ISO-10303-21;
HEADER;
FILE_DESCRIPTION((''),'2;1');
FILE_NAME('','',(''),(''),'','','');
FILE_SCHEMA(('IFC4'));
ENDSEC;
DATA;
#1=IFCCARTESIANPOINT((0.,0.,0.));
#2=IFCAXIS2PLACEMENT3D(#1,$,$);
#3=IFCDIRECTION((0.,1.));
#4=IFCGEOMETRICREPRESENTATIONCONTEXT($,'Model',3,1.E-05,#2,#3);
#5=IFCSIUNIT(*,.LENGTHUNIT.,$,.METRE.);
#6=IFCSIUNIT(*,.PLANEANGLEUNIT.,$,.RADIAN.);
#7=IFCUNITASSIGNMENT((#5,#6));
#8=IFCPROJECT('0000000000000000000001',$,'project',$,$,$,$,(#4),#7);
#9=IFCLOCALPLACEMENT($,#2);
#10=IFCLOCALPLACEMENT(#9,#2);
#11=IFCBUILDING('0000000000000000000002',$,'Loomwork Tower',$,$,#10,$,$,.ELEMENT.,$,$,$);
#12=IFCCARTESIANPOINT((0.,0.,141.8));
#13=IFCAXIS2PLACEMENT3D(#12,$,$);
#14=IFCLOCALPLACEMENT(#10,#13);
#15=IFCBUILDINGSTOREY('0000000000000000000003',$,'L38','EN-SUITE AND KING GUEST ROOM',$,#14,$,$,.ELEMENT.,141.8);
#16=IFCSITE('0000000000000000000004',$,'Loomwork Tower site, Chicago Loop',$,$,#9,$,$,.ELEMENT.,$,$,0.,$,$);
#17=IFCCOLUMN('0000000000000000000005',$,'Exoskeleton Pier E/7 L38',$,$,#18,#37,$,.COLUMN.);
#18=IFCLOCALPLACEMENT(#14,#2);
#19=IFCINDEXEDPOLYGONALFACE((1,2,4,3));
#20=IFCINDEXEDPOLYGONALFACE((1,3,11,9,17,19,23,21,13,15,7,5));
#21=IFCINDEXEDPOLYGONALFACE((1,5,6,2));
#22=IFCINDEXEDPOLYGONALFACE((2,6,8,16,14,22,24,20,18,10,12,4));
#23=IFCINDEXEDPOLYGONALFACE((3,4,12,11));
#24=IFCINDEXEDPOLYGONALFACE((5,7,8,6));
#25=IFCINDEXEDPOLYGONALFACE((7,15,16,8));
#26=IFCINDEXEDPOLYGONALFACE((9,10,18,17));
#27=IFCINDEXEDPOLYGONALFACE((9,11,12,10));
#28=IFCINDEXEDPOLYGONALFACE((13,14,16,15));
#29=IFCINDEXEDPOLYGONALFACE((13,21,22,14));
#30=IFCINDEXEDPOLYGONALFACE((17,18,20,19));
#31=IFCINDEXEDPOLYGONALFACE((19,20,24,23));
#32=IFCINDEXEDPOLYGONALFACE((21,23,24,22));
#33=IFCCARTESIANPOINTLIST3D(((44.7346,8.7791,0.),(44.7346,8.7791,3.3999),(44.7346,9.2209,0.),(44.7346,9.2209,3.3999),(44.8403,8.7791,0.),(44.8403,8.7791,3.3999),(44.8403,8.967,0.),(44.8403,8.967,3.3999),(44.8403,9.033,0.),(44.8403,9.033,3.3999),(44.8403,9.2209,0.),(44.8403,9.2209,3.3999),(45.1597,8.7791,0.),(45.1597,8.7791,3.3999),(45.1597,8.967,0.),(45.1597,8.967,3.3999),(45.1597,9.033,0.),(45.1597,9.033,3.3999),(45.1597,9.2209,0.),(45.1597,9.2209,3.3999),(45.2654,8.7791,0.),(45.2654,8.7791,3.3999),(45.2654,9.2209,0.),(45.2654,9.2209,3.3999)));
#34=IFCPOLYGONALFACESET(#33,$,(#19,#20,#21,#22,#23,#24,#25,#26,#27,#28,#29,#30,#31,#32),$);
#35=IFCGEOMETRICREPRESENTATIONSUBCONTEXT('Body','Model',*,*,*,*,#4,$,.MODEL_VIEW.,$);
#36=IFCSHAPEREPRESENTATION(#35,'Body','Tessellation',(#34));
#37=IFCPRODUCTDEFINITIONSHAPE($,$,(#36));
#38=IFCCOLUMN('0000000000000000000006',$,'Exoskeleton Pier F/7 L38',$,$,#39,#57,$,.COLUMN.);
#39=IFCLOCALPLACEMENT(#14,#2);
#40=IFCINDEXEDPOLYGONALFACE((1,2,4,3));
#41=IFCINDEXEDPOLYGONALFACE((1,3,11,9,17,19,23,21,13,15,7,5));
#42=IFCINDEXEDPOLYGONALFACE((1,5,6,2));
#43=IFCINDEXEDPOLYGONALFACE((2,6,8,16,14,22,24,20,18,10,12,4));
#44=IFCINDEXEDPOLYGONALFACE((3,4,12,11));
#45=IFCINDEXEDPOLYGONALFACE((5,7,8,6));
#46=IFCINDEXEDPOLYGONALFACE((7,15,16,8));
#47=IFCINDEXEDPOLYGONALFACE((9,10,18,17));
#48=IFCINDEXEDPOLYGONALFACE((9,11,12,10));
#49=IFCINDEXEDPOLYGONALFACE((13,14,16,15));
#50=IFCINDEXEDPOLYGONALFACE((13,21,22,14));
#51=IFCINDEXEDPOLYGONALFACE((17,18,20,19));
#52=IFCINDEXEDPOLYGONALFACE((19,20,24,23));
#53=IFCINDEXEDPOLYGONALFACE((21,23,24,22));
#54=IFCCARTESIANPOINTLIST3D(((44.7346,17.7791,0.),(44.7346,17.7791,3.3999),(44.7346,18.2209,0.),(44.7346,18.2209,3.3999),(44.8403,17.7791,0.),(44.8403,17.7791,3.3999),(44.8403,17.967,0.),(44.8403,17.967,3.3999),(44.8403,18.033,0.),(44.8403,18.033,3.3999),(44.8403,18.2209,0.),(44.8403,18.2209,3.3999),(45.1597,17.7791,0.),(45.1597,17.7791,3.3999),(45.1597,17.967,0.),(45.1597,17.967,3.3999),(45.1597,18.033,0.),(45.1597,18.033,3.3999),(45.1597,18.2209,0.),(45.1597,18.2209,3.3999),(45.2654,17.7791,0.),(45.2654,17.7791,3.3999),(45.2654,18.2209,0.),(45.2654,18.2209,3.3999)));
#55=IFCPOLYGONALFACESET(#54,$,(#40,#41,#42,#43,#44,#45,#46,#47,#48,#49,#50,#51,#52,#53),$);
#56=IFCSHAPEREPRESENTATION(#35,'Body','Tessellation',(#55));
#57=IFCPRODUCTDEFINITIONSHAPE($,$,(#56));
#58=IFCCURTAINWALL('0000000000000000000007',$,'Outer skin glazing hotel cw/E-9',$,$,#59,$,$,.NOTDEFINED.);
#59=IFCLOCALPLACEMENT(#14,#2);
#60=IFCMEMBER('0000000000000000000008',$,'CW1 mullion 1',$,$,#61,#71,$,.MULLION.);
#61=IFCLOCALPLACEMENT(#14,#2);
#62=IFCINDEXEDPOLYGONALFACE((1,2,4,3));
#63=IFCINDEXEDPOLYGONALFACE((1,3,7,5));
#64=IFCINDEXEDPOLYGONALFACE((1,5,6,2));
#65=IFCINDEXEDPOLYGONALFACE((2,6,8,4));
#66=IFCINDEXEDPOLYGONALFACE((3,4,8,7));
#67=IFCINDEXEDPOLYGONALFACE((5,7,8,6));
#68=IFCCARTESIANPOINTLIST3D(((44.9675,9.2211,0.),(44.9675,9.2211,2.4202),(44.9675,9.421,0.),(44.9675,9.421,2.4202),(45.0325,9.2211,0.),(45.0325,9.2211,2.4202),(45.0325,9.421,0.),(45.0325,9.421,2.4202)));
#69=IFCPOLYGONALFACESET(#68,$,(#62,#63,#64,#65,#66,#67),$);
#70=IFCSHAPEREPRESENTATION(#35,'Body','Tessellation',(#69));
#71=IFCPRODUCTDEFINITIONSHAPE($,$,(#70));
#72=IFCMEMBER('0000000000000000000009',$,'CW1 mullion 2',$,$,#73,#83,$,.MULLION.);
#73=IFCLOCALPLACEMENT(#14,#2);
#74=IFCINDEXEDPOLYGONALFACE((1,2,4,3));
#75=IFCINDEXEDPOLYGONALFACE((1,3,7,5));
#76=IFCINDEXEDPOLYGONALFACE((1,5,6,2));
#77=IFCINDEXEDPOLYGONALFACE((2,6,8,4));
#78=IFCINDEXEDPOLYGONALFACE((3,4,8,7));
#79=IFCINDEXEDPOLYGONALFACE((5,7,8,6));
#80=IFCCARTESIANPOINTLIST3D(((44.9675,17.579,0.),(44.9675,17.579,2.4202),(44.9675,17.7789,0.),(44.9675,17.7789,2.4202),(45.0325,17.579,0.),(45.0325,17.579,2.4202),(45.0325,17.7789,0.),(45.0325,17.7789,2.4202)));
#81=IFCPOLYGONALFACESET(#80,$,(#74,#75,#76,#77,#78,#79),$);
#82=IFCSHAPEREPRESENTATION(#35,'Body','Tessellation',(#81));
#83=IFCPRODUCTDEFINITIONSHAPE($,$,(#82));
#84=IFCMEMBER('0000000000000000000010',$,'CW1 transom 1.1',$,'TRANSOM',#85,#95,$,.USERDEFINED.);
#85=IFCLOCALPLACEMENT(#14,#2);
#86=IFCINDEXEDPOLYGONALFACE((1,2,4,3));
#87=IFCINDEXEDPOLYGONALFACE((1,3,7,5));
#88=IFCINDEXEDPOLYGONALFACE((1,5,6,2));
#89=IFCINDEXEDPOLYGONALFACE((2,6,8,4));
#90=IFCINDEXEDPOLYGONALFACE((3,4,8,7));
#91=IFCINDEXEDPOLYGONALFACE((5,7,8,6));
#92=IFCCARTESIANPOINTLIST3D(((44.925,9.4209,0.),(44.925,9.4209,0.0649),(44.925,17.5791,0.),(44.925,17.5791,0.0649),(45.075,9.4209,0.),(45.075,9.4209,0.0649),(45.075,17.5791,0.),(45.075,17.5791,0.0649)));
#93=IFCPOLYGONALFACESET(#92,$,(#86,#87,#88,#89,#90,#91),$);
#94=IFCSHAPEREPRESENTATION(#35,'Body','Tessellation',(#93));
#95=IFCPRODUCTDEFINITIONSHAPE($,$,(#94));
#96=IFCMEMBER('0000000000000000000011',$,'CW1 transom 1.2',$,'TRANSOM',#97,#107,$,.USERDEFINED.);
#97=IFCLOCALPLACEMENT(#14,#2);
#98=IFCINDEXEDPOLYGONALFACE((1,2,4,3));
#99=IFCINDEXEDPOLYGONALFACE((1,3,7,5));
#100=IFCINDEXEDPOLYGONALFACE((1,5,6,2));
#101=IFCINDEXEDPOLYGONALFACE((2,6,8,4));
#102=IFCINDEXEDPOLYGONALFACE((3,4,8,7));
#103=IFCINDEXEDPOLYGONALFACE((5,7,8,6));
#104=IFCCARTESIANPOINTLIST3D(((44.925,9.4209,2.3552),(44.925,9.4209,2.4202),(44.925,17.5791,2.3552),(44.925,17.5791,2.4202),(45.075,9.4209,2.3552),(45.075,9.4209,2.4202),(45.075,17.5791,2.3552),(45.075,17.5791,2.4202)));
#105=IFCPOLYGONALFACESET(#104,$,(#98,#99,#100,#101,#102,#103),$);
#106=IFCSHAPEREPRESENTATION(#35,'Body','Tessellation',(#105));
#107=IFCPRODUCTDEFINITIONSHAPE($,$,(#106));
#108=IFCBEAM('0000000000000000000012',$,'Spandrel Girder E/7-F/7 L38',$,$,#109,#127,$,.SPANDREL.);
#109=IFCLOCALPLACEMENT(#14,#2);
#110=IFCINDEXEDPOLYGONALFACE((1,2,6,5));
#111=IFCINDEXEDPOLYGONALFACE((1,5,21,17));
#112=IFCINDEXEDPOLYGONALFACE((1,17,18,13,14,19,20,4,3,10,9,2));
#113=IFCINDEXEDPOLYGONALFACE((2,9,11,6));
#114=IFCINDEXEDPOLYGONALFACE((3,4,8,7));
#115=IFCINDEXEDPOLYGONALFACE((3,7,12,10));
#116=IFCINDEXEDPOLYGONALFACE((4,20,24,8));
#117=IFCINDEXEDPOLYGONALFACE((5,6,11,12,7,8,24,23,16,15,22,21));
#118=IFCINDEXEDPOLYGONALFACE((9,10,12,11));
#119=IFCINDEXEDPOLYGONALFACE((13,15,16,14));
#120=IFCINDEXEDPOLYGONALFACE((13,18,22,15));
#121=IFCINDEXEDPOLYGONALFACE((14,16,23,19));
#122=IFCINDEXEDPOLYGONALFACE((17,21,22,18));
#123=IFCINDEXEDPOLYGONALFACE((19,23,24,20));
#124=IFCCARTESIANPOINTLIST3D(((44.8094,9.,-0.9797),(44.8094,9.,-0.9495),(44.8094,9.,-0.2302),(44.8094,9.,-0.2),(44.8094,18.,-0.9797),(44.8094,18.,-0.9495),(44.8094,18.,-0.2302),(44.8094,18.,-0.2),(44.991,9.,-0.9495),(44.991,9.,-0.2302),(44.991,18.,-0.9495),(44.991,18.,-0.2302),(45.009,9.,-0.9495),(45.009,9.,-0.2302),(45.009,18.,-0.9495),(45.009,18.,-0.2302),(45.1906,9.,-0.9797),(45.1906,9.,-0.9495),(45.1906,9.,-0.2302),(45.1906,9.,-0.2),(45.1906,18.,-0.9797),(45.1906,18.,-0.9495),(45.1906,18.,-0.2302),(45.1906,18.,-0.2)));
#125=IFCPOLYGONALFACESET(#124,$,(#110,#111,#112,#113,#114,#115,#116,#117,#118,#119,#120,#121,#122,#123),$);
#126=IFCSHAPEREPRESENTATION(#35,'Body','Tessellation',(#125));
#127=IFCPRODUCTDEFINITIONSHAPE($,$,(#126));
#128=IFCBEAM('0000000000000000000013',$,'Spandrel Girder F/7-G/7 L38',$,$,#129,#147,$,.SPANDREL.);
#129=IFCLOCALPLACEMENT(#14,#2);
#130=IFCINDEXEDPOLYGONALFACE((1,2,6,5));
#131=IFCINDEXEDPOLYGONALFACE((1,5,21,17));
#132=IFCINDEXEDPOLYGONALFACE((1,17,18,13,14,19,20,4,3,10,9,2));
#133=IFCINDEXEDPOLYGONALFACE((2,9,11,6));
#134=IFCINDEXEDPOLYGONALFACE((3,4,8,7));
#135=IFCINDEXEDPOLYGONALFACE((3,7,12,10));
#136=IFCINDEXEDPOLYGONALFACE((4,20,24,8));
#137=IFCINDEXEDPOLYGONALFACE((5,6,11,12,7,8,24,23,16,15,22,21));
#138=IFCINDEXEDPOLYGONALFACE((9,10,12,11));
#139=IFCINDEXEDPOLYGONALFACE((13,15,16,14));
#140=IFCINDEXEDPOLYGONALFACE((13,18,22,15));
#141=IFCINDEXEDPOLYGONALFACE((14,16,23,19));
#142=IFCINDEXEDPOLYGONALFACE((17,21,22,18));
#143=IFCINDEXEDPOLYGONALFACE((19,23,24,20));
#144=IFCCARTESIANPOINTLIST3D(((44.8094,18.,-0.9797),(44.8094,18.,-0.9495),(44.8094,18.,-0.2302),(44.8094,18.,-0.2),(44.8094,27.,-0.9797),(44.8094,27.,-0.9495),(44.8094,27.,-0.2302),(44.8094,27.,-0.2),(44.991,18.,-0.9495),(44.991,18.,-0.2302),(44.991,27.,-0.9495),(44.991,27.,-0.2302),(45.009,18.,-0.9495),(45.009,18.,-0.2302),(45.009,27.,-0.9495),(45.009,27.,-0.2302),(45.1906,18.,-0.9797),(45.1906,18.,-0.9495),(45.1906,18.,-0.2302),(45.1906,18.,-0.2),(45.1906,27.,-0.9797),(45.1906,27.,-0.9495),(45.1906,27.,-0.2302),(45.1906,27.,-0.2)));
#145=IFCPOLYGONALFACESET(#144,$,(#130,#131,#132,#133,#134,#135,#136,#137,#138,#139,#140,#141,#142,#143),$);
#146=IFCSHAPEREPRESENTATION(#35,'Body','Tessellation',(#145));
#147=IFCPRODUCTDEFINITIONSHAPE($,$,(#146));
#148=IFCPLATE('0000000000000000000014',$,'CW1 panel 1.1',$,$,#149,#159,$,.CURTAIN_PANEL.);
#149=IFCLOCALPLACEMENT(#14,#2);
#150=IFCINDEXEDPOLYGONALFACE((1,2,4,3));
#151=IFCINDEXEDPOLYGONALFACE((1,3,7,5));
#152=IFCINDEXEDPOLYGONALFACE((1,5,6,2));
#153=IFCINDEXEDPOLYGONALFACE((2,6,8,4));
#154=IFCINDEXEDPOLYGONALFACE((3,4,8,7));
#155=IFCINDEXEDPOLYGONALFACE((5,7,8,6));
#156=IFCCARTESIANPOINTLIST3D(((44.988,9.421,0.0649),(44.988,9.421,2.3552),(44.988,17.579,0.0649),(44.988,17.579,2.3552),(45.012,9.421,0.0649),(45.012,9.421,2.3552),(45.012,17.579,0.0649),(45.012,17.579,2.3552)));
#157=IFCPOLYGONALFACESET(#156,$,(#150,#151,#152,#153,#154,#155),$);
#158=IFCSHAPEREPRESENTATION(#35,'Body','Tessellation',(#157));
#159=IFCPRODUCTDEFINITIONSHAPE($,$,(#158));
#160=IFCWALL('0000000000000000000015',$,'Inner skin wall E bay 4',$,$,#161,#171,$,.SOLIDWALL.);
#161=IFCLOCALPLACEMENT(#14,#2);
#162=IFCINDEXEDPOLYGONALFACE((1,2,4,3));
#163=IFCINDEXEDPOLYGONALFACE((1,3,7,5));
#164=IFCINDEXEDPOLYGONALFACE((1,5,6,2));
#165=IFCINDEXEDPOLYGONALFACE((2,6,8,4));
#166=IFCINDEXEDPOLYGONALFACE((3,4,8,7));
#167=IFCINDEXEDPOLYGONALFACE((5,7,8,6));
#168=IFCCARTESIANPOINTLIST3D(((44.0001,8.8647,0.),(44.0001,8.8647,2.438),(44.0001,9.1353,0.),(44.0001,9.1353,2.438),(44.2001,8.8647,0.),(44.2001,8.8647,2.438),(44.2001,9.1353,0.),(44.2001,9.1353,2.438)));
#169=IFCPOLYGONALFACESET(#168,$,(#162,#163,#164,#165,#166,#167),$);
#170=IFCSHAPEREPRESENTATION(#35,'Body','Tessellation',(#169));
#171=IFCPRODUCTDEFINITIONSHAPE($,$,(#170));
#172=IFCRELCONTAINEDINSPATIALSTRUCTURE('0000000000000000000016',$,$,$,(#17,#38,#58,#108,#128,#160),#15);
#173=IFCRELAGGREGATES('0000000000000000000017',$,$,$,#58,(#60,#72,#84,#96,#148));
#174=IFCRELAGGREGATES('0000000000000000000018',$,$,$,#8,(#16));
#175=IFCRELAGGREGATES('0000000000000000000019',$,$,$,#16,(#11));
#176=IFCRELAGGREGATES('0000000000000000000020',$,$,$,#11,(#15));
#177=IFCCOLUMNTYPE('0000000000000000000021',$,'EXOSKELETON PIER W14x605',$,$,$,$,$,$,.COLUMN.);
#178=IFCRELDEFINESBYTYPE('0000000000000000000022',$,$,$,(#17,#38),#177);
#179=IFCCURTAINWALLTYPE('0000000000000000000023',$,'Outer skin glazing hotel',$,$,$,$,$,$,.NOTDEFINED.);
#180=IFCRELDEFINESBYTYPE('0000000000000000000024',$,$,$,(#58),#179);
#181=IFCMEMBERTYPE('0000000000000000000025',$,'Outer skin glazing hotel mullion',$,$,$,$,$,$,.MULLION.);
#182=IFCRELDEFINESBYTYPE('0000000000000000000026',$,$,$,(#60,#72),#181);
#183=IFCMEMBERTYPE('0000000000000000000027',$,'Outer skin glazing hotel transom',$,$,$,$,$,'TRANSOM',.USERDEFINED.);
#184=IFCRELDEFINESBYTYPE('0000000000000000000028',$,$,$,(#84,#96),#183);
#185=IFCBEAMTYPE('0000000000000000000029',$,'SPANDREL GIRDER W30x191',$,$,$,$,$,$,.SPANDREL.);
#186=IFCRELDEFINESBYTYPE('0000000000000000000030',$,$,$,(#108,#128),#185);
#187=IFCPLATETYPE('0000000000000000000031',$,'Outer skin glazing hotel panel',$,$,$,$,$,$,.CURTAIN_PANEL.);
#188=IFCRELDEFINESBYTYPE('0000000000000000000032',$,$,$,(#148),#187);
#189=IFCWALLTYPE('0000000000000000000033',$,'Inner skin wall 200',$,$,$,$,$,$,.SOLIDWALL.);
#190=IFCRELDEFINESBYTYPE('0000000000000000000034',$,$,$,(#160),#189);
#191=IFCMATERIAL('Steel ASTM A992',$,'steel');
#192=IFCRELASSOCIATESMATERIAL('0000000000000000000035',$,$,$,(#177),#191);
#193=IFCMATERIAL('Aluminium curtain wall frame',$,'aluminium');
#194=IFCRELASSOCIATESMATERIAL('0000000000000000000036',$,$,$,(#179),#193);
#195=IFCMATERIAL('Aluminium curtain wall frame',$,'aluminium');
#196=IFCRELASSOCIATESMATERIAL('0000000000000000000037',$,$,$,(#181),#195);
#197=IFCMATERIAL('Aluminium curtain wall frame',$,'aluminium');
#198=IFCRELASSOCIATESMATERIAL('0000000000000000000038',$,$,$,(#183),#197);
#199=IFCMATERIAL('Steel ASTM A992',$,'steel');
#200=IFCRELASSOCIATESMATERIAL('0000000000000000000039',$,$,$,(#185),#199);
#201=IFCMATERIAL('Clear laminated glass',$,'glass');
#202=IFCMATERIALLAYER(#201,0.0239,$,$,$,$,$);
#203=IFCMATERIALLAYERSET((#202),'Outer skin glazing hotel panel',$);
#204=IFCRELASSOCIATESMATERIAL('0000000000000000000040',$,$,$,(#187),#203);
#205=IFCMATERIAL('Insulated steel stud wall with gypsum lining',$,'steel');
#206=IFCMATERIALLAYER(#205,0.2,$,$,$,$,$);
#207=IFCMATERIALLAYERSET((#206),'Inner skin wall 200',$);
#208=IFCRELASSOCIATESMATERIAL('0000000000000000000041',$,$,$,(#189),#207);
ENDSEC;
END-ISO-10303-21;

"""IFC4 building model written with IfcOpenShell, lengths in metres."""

from ifc_helpers import new_model, si_unit, direction, frame, frame_2d, origin, origin_2d, place, context, subcontext, project, spatial, rectangle, i_section, extrude, material, layer, layer_set, material_profile, profile_set, type_object, element, aggregate, save


model = new_model("IFC4")

# Units and contexts
model_context = context("Model", 3, precision=1e-05, world=origin(), true_north=direction((0.0, 1.0)))
body_context = subcontext(model_context, "Body", "Model", "MODEL_VIEW")
ifc_project = project(units=[si_unit("LENGTHUNIT", "METRE"), si_unit("PLANEANGLEUNIT", "RADIAN")], contexts=[model_context])

# Site, building, storey
site_placement = place(None, origin())
site = spatial("IfcSite", under=ifc_project, at=site_placement, Name="Loomwork Tower site, Chicago Loop", CompositionType="ELEMENT", RefElevation=0.0)
building_placement = place(site_placement, origin())
building = spatial("IfcBuilding", under=site, at=building_placement, Name="Loomwork Tower", CompositionType="ELEMENT")
storey_placement = place(building_placement, frame((0.0, 0.0, 141.8)))
storey = spatial("IfcBuildingStorey", under=building, at=storey_placement, Name="L38", Description="EN-SUITE AND KING GUEST ROOM", CompositionType="ELEMENT", Elevation=141.8)

# Columns
ifc_material_1 = material(Name="Steel ASTM A992", Category="steel")
ifc_material_profile_1 = material_profile(ifc_material_1, i_section(OverallWidth=0.4419, OverallDepth=0.5308, WebThickness=0.0659, FlangeThickness=0.1057, at=origin_2d()), Name="W14x605")
ifc_profile_set_1 = profile_set([ifc_material_profile_1], Name="Steel ASTM A992")
column_type = type_object("IfcColumnType", Name="EXOSKELETON PIER W14x605", PredefinedType="COLUMN", material=ifc_profile_set_1)
for number, where, z_axis, x_axis, name in (
    (1, (45.0, 9.0, 0.0), (0.0, 0.0, 1.0), (0.0, 1.0, 0.0), "Exoskeleton Pier E/7 L38"),
    (2, (45.0, 18.0, 0.0), (0.0, 0.0, 1.0), (0.0, 1.0, 0.0), "Exoskeleton Pier F/7 L38"),
):
    element("IfcColumn", number, at=place(storey_placement, frame(where, z_axis=z_axis, x_axis=x_axis)), inside=storey, type_object=column_type, Name=name, PredefinedType="COLUMN", context=body_context, shape_type="SweptSolid", body=[
        extrude(i_section(OverallWidth=0.4419, OverallDepth=0.5308, WebThickness=0.0659, FlangeThickness=0.1057, at=origin_2d()), origin(), (0.0, 0.0, 1.0), 3.3999),
    ])

# Curtain wall, members
ifc_material_2 = material(Name="Aluminium curtain wall frame", Category="aluminium")
curtain_wall_type = type_object("IfcCurtainWallType", Name="Outer skin glazing hotel", PredefinedType="NOTDEFINED", material=ifc_material_2)
curtain_wall_placement = place(storey_placement, origin())
curtain_wall = element("IfcCurtainWall", 3, at=curtain_wall_placement, inside=storey, type_object=curtain_wall_type, Name="Outer skin glazing hotel cw/E-9", PredefinedType="NOTDEFINED")
ifc_material_3 = material(Name="Aluminium curtain wall frame", Category="aluminium")
ifc_material_profile_2 = material_profile(ifc_material_3, rectangle(XDim=0.0649, YDim=0.2, at=origin_2d()), Name="AL 65x200")
ifc_profile_set_2 = profile_set([ifc_material_profile_2], Name="Aluminium curtain wall frame")
member_type_1 = type_object("IfcMemberType", Name="Outer skin glazing hotel mullion", PredefinedType="MULLION", material=ifc_profile_set_2)
member_1_placement = place(storey_placement, frame((45.0, 9.321, 0.0), z_axis=(0.0, 0.0, 1.0), x_axis=(-1.0, 0.0, 0.0)))
member_1 = element("IfcMember", 4, at=member_1_placement, type_object=member_type_1, Name="CW1 mullion 1", PredefinedType="MULLION", context=body_context, shape_type="SweptSolid", body=[
    extrude(rectangle(XDim=0.0649, YDim=0.2, at=origin_2d()), origin(), (0.0, 0.0, 1.0), 2.4202),
])
member_2_placement = place(storey_placement, frame((45.0, 17.679, 0.0), z_axis=(0.0, 0.0, 1.0), x_axis=(-1.0, 0.0, 0.0)))
member_2 = element("IfcMember", 5, at=member_2_placement, type_object=member_type_1, Name="CW1 mullion 2", PredefinedType="MULLION", context=body_context, shape_type="SweptSolid", body=[
    extrude(rectangle(XDim=0.0649, YDim=0.2, at=origin_2d()), origin(), (0.0, 0.0, 1.0), 2.4202),
])
ifc_material_4 = material(Name="Aluminium curtain wall frame", Category="aluminium")
ifc_material_profile_3 = material_profile(ifc_material_4, rectangle(XDim=0.1499, YDim=0.0649, at=origin_2d()), Name="AL 65x150")
ifc_profile_set_3 = profile_set([ifc_material_profile_3], Name="Aluminium curtain wall frame")
member_type_2 = type_object("IfcMemberType", Name="Outer skin glazing hotel transom", ElementType="TRANSOM", PredefinedType="USERDEFINED", material=ifc_profile_set_3)
member_3_placement = place(storey_placement, frame((45.0, 9.4209, 0.0325), z_axis=(0.0, 1.0, 0.0), x_axis=(-1.0, 0.0, 0.0)))
member_3 = element("IfcMember", 6, at=member_3_placement, type_object=member_type_2, Name="CW1 transom 1.1", ObjectType="TRANSOM", PredefinedType="USERDEFINED", context=body_context, shape_type="SweptSolid", body=[
    extrude(rectangle(XDim=0.1499, YDim=0.0649, at=origin_2d()), origin(), (0.0, 0.0, 1.0), 8.1582),
])
member_4_placement = place(storey_placement, frame((45.0, 9.4209, 2.3877), z_axis=(0.0, 1.0, 0.0), x_axis=(-1.0, 0.0, 0.0)))
member_4 = element("IfcMember", 7, at=member_4_placement, type_object=member_type_2, Name="CW1 transom 1.2", ObjectType="TRANSOM", PredefinedType="USERDEFINED", context=body_context, shape_type="SweptSolid", body=[
    extrude(rectangle(XDim=0.1499, YDim=0.0649, at=origin_2d()), origin(), (0.0, 0.0, 1.0), 8.1582),
])

# Beams
ifc_material_5 = material(Name="Steel ASTM A992", Category="steel")
ifc_material_profile_4 = material_profile(ifc_material_5, i_section(OverallWidth=0.3811, OverallDepth=0.7798, WebThickness=0.0181, FlangeThickness=0.0303, at=origin_2d()), Name="W30x191")
ifc_profile_set_4 = profile_set([ifc_material_profile_4], Name="Steel ASTM A992")
beam_type = type_object("IfcBeamType", Name="SPANDREL GIRDER W30x191", PredefinedType="SPANDREL", material=ifc_profile_set_4)
for number, where, z_axis, x_axis, name in (
    (8, (45.0, 9.0, -0.5898), (0.0, 1.0, 0.0), (-1.0, 0.0, 0.0), "Spandrel Girder E/7-F/7 L38"),
    (9, (45.0, 18.0, -0.5898), (0.0, 1.0, 0.0), (-1.0, 0.0, 0.0), "Spandrel Girder F/7-G/7 L38"),
):
    element("IfcBeam", number, at=place(storey_placement, frame(where, z_axis=z_axis, x_axis=x_axis)), inside=storey, type_object=beam_type, Name=name, PredefinedType="SPANDREL", context=body_context, shape_type="SweptSolid", body=[
        extrude(i_section(OverallWidth=0.3811, OverallDepth=0.7798, WebThickness=0.0181, FlangeThickness=0.0303, at=origin_2d()), origin(), (0.0, 0.0, 1.0), 9.0),
    ])

# Plate
ifc_material_6 = material(Name="Clear laminated glass", Category="glass")
ifc_layer_1 = layer(ifc_material_6, 0.0239)
ifc_layer_set_1 = layer_set([ifc_layer_1], Name="Outer skin glazing hotel panel")
plate_type = type_object("IfcPlateType", Name="Outer skin glazing hotel panel", PredefinedType="CURTAIN_PANEL", material=ifc_layer_set_1)
plate_placement = place(storey_placement, frame((45.0, 13.5, 0.0649), z_axis=(0.0, 0.0, 1.0), x_axis=(0.0, 1.0, 0.0)))
plate = element("IfcPlate", 10, at=plate_placement, type_object=plate_type, Name="CW1 panel 1.1", PredefinedType="CURTAIN_PANEL", context=body_context, shape_type="SweptSolid", body=[
    extrude(rectangle(XDim=8.158, YDim=0.0239, at=origin_2d()), origin(), (0.0, 0.0, 1.0), 2.2903),
])
aggregate(curtain_wall, [member_1, member_2, member_3, member_4, plate])

# Wall
ifc_material_7 = material(Name="Insulated steel stud wall with gypsum lining", Category="steel")
ifc_layer_2 = layer(ifc_material_7, 0.2)
ifc_layer_set_2 = layer_set([ifc_layer_2], Name="Inner skin wall 200")
wall_type = type_object("IfcWallType", Name="Inner skin wall 200", PredefinedType="SOLIDWALL", material=ifc_layer_set_2)
wall_1_placement = place(storey_placement, frame((44.1001, 8.8647, 0.0), z_axis=(0.0, 0.0, 1.0), x_axis=(0.0, 1.0, 0.0)))
element("IfcWall", 11, at=wall_1_placement, inside=storey, type_object=wall_type, Name="Inner skin wall E bay 4", PredefinedType="SOLIDWALL", context=body_context, shape_type="SweptSolid", body=[
    extrude(rectangle(XDim=0.2705, YDim=0.2, at=frame_2d((0.1353, 0.0))), origin(), (0.0, 0.0, 1.0), 2.438),
])

save(model, "model.ifc")
